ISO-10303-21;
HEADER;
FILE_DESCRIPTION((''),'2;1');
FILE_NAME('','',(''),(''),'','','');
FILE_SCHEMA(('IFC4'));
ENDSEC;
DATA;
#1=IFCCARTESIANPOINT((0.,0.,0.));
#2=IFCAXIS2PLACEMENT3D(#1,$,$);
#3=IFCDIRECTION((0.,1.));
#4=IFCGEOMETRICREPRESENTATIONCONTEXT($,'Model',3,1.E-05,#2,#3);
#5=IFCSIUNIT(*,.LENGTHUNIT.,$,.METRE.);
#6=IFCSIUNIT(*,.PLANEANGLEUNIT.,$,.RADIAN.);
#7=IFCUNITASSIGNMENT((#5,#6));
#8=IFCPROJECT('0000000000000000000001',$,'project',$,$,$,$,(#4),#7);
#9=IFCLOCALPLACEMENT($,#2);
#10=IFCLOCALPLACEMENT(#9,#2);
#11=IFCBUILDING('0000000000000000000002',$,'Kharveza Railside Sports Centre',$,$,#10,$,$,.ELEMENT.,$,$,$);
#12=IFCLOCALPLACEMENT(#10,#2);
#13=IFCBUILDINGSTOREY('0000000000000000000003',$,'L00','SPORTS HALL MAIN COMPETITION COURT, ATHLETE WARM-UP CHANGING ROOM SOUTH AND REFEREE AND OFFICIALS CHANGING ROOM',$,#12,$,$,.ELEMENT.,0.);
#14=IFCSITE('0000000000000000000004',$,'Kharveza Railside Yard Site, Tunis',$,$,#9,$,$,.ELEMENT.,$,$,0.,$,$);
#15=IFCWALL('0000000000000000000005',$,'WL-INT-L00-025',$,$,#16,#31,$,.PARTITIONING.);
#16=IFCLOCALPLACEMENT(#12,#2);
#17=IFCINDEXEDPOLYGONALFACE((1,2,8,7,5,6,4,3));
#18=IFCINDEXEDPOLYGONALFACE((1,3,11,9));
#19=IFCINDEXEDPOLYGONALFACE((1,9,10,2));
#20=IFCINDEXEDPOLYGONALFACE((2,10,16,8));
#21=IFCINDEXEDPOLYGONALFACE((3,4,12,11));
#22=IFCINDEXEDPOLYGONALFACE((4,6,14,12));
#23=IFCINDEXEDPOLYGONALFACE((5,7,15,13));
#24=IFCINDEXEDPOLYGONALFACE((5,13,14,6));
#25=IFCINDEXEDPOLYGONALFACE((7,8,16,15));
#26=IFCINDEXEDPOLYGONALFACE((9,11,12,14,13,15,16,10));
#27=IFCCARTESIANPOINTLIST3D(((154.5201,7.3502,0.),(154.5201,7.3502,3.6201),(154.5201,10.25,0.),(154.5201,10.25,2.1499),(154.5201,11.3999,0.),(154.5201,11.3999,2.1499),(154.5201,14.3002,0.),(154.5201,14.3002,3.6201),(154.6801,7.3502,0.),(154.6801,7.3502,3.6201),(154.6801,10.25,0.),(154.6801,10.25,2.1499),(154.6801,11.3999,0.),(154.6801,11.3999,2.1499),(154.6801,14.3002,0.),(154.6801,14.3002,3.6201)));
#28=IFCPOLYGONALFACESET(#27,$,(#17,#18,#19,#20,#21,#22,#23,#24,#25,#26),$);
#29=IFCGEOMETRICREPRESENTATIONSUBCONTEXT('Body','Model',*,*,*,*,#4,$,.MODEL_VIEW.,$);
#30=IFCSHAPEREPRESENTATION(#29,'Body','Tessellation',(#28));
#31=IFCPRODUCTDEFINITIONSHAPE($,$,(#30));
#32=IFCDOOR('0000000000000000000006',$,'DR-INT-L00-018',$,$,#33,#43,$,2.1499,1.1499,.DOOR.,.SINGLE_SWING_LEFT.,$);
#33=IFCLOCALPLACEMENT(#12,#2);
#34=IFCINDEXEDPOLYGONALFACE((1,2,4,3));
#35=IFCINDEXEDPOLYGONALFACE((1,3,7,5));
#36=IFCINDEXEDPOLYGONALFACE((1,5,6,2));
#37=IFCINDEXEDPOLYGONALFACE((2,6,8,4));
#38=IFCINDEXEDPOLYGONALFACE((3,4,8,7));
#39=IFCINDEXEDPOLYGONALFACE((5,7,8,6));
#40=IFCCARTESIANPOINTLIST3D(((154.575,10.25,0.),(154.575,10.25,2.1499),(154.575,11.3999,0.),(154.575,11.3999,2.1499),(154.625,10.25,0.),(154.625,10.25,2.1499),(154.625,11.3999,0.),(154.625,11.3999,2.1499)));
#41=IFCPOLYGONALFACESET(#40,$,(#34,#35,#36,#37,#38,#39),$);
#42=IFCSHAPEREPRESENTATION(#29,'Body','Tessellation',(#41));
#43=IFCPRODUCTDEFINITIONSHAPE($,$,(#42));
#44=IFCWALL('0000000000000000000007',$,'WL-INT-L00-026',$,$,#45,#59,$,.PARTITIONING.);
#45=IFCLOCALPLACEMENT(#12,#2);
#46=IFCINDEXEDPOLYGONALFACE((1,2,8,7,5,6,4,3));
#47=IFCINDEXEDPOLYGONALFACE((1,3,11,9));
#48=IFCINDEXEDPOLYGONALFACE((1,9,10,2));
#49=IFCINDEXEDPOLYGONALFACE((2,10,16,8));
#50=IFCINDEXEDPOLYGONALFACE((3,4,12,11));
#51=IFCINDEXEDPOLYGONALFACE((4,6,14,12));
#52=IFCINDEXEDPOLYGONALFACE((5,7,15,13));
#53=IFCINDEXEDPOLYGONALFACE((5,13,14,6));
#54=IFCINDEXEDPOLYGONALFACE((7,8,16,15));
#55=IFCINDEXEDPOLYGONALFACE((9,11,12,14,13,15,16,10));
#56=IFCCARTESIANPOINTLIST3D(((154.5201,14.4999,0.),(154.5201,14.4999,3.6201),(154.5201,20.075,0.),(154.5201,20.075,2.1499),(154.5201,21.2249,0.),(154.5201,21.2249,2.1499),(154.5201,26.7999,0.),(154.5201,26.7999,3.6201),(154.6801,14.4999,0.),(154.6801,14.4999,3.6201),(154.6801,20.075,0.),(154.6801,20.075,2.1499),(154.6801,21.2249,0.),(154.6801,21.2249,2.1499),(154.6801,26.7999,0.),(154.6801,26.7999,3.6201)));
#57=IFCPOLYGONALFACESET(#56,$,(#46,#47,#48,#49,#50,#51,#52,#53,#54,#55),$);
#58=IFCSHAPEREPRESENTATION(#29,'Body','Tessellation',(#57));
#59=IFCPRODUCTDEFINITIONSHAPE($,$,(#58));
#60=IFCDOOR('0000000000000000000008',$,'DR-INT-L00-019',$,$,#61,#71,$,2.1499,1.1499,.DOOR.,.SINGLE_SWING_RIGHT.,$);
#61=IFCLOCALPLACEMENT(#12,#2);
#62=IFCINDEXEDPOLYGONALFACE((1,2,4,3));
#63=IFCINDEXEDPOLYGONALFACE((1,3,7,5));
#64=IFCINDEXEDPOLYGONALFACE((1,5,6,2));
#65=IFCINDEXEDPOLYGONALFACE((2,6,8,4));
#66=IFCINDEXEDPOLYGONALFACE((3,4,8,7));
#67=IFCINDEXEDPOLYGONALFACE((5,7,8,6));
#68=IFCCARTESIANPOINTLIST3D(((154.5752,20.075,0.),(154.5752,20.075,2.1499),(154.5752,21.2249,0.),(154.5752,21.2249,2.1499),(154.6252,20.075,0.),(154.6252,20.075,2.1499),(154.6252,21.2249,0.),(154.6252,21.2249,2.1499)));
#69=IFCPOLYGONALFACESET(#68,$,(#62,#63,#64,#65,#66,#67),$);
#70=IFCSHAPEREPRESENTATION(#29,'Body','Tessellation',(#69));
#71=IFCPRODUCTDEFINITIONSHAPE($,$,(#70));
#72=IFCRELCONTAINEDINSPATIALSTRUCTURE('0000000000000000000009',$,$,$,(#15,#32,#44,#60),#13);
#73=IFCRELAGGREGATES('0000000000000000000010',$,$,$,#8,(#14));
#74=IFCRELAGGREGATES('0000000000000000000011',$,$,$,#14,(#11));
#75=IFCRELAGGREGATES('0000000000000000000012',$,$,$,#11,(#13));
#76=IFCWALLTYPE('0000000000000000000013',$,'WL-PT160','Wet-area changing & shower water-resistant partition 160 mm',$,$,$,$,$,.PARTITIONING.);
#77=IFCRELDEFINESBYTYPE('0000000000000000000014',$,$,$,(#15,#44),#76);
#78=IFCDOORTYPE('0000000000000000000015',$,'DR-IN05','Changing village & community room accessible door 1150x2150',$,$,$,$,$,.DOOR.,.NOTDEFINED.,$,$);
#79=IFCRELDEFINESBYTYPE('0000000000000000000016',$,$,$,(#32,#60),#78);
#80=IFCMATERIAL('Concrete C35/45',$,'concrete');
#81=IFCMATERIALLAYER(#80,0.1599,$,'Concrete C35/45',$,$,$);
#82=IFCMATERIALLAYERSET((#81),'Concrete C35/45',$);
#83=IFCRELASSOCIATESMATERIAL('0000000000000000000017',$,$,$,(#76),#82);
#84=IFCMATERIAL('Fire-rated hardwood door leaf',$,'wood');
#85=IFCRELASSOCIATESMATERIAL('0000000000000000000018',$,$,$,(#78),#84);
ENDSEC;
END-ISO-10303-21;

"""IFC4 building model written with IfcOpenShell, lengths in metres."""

from ifc_helpers import new_model, si_unit, direction, frame, frame_2d, origin, place, context, subcontext, project, spatial, rectangle, extrude, material, layer, layer_set, type_object, element, fill, save


model = new_model("IFC4")

# Units and contexts
model_context = context("Model", 3, precision=1e-05, world=origin(), true_north=direction((0.0, 1.0)))
body_context = subcontext(model_context, "Body", "Model", "MODEL_VIEW")
ifc_project = project(units=[si_unit("LENGTHUNIT", "METRE"), si_unit("PLANEANGLEUNIT", "RADIAN")], contexts=[model_context])

# Site, building, storey
site_placement = place(None, origin())
site = spatial("IfcSite", under=ifc_project, at=site_placement, Name="Kharveza Railside Yard Site, Tunis", CompositionType="ELEMENT", RefElevation=0.0)
building_placement = place(site_placement, origin())
building = spatial("IfcBuilding", under=site, at=building_placement, Name="Kharveza Railside Sports Centre", CompositionType="ELEMENT")
storey_placement = place(building_placement, origin())
storey = spatial("IfcBuildingStorey", under=building, at=storey_placement, Name="L00", Description="SPORTS HALL MAIN COMPETITION COURT, ATHLETE WARM-UP CHANGING ROOM SOUTH AND REFEREE AND OFFICIALS CHANGING ROOM", CompositionType="ELEMENT", Elevation=0.0)

# Shared definitions
ifc_material_1 = material(Name="Concrete C35/45", Category="concrete")

# Walls, openings, doors
ifc_layer_1 = layer(ifc_material_1, 0.1599, Name="Concrete C35/45")
ifc_layer_set_1 = layer_set([ifc_layer_1], Name="Concrete C35/45")
wall_type_1 = type_object("IfcWallType", Name="WL-PT160", Description="Wet-area changing & shower water-resistant partition 160 mm", PredefinedType="PARTITIONING", material=ifc_layer_set_1)
wall_1_placement = place(storey_placement, frame((154.6001, 7.3501, 0.0), z_axis=(0.0, 0.0, 1.0), x_axis=(0.0, 1.0, 0.0)))
wall_1 = element("IfcWall", 1, at=wall_1_placement, inside=storey, type_object=wall_type_1, Name="WL-INT-L00-025", PredefinedType="PARTITIONING", context=body_context, shape_type="SweptSolid", body=[
    extrude(rectangle(XDim=6.95, YDim=0.1599, at=frame_2d((3.4751, 0.0))), origin(), (0.0, 0.0, 1.0), 3.6201),
])
opening_1_placement = place(wall_1_placement, frame((2.8999, 0.0, 0.0)))
opening_1 = element("IfcOpeningElement", 2, at=opening_1_placement, cuts=wall_1, PredefinedType="OPENING", context=body_context, shape_type="SweptSolid", body=[
    extrude(rectangle(XDim=1.1499, YDim=2.1499, at=frame_2d((0.575, 1.075))), frame((0.0, 0.105, 0.0), z_axis=(0.0, -1.0, 0.0), x_axis=(1.0, 0.0, 0.0)), (0.0, 0.0, 1.0), 0.2097),
])
ifc_material_2 = material(Name="Fire-rated hardwood door leaf", Category="wood")
door_type_1 = type_object("IfcDoorType", Name="DR-IN05", Description="Changing village & community room accessible door 1150x2150", OperationType="NOTDEFINED", PredefinedType="DOOR", material=ifc_material_2)
door_1_placement = place(opening_1_placement, frame((1.1499, 0.0, 0.0), z_axis=(0.0, 0.0, 1.0), x_axis=(-1.0, 0.0, 0.0)))
door_1 = element("IfcDoor", 3, at=door_1_placement, inside=storey, type_object=door_type_1, Name="DR-INT-L00-018", OperationType="SINGLE_SWING_LEFT", OverallHeight=2.1499, OverallWidth=1.1499, PredefinedType="DOOR", context=body_context, shape_type="SweptSolid", body=[
    extrude(rectangle(XDim=1.1499, YDim=2.1499, at=frame_2d((0.575, 1.075))), frame((0.0, 0.0249, 0.0), z_axis=(0.0, -1.0, 0.0), x_axis=(1.0, 0.0, 0.0)), (0.0, 0.0, 1.0), 0.05),
])
fill(opening_1, door_1)
wall_2_placement = place(storey_placement, frame((154.6001, 14.5, 0.0), z_axis=(0.0, 0.0, 1.0), x_axis=(0.0, 1.0, 0.0)))
wall_2 = element("IfcWall", 4, at=wall_2_placement, inside=storey, type_object=wall_type_1, Name="WL-INT-L00-026", PredefinedType="PARTITIONING", context=body_context, shape_type="SweptSolid", body=[
    extrude(rectangle(XDim=12.3, YDim=0.1599, at=frame_2d((6.1499, 0.0))), origin(), (0.0, 0.0, 1.0), 3.6201),
])
opening_2_placement = place(wall_2_placement, frame((5.575, 0.0, 0.0)))
opening_2 = element("IfcOpeningElement", 5, at=opening_2_placement, cuts=wall_2, PredefinedType="OPENING", context=body_context, shape_type="SweptSolid", body=[
    extrude(rectangle(XDim=1.1499, YDim=2.1499, at=frame_2d((0.575, 1.075))), frame((0.0, 0.105, 0.0), z_axis=(0.0, -1.0, 0.0), x_axis=(1.0, 0.0, 0.0)), (0.0, 0.0, 1.0), 0.2097),
])
door_2_placement = place(opening_2_placement, origin())
door_2 = element("IfcDoor", 6, at=door_2_placement, inside=storey, type_object=door_type_1, Name="DR-INT-L00-019", OperationType="SINGLE_SWING_RIGHT", OverallHeight=2.1499, OverallWidth=1.1499, PredefinedType="DOOR", context=body_context, shape_type="SweptSolid", body=[
    extrude(rectangle(XDim=1.1499, YDim=2.1499, at=frame_2d((0.575, 1.075))), frame((0.0, 0.0249, 0.0), z_axis=(0.0, -1.0, 0.0), x_axis=(1.0, 0.0, 0.0)), (0.0, 0.0, 1.0), 0.05),
])
fill(opening_2, door_2)

save(model, "model.ifc")
